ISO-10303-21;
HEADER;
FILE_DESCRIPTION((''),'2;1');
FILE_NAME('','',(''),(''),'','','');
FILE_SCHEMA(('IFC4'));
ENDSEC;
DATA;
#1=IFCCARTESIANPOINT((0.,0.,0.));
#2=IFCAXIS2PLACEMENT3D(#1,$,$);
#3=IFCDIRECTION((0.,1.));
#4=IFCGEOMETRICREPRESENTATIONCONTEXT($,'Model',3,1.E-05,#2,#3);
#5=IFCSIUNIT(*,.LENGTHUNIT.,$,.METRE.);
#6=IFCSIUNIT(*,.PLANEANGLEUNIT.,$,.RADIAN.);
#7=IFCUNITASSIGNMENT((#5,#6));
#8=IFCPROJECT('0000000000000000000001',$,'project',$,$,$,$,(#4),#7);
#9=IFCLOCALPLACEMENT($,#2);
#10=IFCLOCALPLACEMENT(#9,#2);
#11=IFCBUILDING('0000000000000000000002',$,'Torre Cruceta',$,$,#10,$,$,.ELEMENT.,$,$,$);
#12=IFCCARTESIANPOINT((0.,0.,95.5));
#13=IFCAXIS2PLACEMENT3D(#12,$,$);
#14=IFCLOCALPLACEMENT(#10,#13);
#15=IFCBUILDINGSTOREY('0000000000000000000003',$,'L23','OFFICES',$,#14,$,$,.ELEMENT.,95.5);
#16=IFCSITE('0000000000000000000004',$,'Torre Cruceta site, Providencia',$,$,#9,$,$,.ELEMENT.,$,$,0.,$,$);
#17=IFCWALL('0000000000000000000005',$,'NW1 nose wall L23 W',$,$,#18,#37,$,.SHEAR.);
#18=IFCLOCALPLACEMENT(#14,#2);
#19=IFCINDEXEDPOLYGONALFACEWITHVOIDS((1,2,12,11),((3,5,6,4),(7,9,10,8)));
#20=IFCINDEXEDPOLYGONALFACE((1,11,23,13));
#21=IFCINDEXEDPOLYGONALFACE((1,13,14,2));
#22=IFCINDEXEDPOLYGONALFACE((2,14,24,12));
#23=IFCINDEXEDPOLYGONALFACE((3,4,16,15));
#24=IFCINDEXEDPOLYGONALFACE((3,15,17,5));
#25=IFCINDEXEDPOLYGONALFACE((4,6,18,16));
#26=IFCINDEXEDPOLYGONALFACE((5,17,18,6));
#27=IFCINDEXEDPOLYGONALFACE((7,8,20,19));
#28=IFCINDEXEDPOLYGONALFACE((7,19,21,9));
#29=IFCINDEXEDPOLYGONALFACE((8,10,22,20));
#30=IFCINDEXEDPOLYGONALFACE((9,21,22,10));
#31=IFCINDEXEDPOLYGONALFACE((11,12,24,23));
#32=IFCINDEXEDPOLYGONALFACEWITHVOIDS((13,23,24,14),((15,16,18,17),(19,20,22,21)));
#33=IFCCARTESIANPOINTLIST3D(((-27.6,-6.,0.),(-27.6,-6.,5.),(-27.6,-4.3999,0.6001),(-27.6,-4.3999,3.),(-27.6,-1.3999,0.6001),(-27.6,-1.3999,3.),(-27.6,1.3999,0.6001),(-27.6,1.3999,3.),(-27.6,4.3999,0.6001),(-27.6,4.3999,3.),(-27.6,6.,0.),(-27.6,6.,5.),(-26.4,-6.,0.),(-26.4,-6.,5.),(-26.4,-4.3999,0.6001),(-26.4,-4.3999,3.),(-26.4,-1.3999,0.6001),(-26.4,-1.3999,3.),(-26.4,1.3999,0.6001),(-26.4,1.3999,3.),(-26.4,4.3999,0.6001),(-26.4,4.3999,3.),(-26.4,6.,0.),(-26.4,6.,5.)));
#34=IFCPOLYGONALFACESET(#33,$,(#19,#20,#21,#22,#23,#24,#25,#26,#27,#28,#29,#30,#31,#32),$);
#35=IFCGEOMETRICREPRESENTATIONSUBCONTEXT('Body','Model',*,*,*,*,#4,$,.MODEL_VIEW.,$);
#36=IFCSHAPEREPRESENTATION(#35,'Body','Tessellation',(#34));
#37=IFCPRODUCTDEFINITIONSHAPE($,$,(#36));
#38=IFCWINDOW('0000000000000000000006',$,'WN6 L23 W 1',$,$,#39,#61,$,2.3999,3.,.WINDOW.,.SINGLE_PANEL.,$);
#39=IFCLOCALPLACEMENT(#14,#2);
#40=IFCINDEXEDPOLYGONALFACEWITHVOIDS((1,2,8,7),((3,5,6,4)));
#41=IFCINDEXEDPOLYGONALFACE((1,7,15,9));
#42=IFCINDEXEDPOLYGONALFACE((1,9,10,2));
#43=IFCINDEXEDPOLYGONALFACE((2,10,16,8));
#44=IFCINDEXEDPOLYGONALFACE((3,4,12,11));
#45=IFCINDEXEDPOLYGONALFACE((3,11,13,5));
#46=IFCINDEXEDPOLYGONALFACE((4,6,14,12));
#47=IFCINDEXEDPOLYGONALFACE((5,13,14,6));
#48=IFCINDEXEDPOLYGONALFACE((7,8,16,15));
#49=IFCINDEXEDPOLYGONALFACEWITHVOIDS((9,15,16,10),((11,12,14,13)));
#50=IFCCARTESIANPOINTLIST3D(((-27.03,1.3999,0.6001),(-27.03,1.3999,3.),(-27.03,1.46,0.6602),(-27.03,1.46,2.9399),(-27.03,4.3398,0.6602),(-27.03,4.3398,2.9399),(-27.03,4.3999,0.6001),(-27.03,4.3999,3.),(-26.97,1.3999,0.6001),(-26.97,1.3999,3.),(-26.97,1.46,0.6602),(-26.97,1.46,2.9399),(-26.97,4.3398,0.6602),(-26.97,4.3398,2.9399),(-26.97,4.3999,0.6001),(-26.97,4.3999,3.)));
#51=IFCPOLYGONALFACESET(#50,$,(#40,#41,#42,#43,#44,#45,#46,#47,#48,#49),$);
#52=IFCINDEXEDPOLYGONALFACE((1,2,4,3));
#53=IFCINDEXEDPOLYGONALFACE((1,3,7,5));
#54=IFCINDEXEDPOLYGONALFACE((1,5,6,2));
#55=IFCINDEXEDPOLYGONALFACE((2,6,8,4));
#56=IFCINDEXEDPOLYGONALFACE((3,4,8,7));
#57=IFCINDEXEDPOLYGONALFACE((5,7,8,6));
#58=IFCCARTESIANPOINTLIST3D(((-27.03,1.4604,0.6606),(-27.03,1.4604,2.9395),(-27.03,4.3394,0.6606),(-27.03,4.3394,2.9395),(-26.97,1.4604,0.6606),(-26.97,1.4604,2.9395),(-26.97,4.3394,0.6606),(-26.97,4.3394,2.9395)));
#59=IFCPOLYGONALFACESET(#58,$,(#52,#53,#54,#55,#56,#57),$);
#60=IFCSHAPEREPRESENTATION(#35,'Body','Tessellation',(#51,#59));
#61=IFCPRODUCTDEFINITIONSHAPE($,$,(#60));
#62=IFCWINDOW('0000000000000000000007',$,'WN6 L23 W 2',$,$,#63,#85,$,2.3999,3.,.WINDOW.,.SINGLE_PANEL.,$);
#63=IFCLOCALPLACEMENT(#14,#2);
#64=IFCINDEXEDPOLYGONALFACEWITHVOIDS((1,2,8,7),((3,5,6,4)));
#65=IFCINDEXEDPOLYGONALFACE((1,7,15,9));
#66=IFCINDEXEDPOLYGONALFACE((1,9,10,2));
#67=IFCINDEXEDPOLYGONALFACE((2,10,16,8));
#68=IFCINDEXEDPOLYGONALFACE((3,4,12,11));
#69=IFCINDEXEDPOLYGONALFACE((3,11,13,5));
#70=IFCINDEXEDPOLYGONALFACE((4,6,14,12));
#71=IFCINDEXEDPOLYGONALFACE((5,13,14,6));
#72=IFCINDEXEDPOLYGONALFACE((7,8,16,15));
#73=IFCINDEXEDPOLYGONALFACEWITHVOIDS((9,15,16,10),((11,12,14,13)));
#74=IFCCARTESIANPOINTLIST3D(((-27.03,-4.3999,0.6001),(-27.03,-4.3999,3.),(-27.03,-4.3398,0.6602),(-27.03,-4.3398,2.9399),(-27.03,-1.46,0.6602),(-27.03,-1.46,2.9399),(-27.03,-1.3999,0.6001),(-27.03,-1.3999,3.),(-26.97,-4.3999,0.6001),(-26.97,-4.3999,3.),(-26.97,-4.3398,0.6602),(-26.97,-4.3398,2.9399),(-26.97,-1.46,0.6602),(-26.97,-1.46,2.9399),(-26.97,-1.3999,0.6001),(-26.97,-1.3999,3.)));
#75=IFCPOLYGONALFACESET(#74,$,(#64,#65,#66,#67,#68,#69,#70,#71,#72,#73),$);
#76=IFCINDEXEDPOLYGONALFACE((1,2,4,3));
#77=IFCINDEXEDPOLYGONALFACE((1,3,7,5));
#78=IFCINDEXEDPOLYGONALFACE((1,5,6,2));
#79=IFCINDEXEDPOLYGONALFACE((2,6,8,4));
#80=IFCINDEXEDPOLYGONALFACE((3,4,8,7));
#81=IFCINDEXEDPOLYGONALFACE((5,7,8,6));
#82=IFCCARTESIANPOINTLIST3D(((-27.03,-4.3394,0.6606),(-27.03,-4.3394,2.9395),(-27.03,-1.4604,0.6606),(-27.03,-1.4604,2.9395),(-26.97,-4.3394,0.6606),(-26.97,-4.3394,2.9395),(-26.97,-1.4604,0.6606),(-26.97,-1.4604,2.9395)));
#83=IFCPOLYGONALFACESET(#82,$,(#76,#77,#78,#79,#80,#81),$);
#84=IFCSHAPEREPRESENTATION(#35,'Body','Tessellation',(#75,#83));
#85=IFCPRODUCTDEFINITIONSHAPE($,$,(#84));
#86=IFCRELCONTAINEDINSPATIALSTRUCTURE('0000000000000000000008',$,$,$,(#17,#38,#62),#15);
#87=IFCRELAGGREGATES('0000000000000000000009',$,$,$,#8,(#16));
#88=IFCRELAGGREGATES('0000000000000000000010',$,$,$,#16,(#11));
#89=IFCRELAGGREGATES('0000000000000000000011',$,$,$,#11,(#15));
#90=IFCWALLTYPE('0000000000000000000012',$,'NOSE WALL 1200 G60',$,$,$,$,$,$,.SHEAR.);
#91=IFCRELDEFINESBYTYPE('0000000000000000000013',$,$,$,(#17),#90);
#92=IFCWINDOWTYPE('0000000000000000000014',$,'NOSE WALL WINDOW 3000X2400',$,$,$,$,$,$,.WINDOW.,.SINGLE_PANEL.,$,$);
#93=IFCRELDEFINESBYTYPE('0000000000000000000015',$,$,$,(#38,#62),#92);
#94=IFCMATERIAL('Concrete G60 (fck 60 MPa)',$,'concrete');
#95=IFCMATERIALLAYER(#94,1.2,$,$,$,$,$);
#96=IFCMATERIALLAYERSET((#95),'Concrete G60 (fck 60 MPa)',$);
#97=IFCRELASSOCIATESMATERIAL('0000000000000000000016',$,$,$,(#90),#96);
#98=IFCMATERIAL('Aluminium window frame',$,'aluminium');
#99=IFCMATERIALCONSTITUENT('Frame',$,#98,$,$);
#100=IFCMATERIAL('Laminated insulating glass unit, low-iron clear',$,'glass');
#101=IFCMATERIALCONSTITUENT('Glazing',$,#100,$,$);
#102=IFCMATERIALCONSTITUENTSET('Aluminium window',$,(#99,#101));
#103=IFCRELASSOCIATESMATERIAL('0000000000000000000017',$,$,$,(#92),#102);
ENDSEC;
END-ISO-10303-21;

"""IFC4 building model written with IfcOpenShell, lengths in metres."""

from ifc_helpers import new_model, si_unit, direction, frame, frame_2d, origin, place, context, subcontext, project, spatial, rectangle, hollow_rectangle, extrude, material, layer, layer_set, constituent, constituent_set, type_object, element, fill, save


model = new_model("IFC4")

# Units and contexts
model_context = context("Model", 3, precision=1e-05, world=origin(), true_north=direction((0.0, 1.0)))
body_context = subcontext(model_context, "Body", "Model", "MODEL_VIEW")
ifc_project = project(units=[si_unit("LENGTHUNIT", "METRE"), si_unit("PLANEANGLEUNIT", "RADIAN")], contexts=[model_context])

# Site, building, storey
site_placement = place(None, origin())
site = spatial("IfcSite", under=ifc_project, at=site_placement, Name="Torre Cruceta site, Providencia", CompositionType="ELEMENT", RefElevation=0.0)
building_placement = place(site_placement, origin())
building = spatial("IfcBuilding", under=site, at=building_placement, Name="Torre Cruceta", CompositionType="ELEMENT")
storey_placement = place(building_placement, frame((0.0, 0.0, 95.5)))
storey = spatial("IfcBuildingStorey", under=building, at=storey_placement, Name="L23", Description="OFFICES", CompositionType="ELEMENT", Elevation=95.5)

# Wall, openings, windows
ifc_material_1 = material(Name="Concrete G60 (fck 60 MPa)", Category="concrete")
ifc_layer_1 = layer(ifc_material_1, 1.2)
ifc_layer_set_1 = layer_set([ifc_layer_1], Name="Concrete G60 (fck 60 MPa)")
wall_type_1 = type_object("IfcWallType", Name="NOSE WALL 1200 G60", PredefinedType="SHEAR", material=ifc_layer_set_1)
wall_1_placement = place(storey_placement, frame((-27.0, 6.0, 0.0), z_axis=(0.0, 0.0, 1.0), x_axis=(0.0, -1.0, 0.0)))
wall_1 = element("IfcWall", 1, at=wall_1_placement, inside=storey, type_object=wall_type_1, Name="NW1 nose wall L23 W", PredefinedType="SHEAR", context=body_context, shape_type="SweptSolid", body=[
    extrude(rectangle(XDim=12.0, YDim=1.2, at=frame_2d((6.0, 0.0))), origin(), (0.0, 0.0, 1.0), 5.0),
])
opening_1_placement = place(wall_1_placement, frame((1.6001, 0.0, 0.6001)))
opening_1 = element("IfcOpeningElement", 2, at=opening_1_placement, cuts=wall_1, PredefinedType="OPENING", context=body_context, shape_type="SweptSolid", body=[
    extrude(rectangle(XDim=3.0, YDim=2.3999, at=frame_2d((1.5, 1.2))), frame((0.0, 0.6099, 0.0), z_axis=(0.0, -1.0, 0.0), x_axis=(1.0, 0.0, 0.0)), (0.0, 0.0, 1.0), 1.22),
])
opening_2_placement = place(wall_1_placement, frame((7.3999, 0.0, 0.6001)))
opening_2 = element("IfcOpeningElement", 3, at=opening_2_placement, cuts=wall_1, PredefinedType="OPENING", context=body_context, shape_type="SweptSolid", body=[
    extrude(rectangle(XDim=3.0, YDim=2.3999, at=frame_2d((1.5, 1.2))), frame((0.0, 0.6099, 0.0), z_axis=(0.0, -1.0, 0.0), x_axis=(1.0, 0.0, 0.0)), (0.0, 0.0, 1.0), 1.22),
])
ifc_material_2 = material(Name="Aluminium window frame", Category="aluminium")
ifc_constituent_1 = constituent(ifc_material_2, Name="Frame")
ifc_material_3 = material(Name="Laminated insulating glass unit, low-iron clear", Category="glass")
ifc_constituent_2 = constituent(ifc_material_3, Name="Glazing")
ifc_constituent_set_1 = constituent_set(constituents=[ifc_constituent_1, ifc_constituent_2], Name="Aluminium window")
window_type_1 = type_object("IfcWindowType", Name="NOSE WALL WINDOW 3000X2400", PartitioningType="SINGLE_PANEL", PredefinedType="WINDOW", material=ifc_constituent_set_1)
window_1_placement = place(opening_1_placement, origin())
window_1 = element("IfcWindow", 4, at=window_1_placement, inside=storey, type_object=window_type_1, Name="WN6 L23 W 1", OverallHeight=2.3999, OverallWidth=3.0, PartitioningType="SINGLE_PANEL", PredefinedType="WINDOW", context=body_context, shape_type="SweptSolid", body=[
    extrude(hollow_rectangle(XDim=3.0, YDim=2.3999, WallThickness=0.0601, at=frame_2d((1.5, 1.2))), frame((0.0, 0.03, 0.0), z_axis=(0.0, -1.0, 0.0), x_axis=(1.0, 0.0, 0.0)), (0.0, 0.0, 1.0), 0.0601),
    extrude(rectangle(XDim=2.8789, YDim=2.2788, at=frame_2d((1.5, 1.2))), frame((0.0, 0.03, 0.0), z_axis=(0.0, -1.0, 0.0), x_axis=(1.0, 0.0, 0.0)), (0.0, 0.0, 1.0), 0.0601),
])
fill(opening_1, window_1)
window_2_placement = place(opening_2_placement, origin())
window_2 = element("IfcWindow", 5, at=window_2_placement, inside=storey, type_object=window_type_1, Name="WN6 L23 W 2", OverallHeight=2.3999, OverallWidth=3.0, PartitioningType="SINGLE_PANEL", PredefinedType="WINDOW", context=body_context, shape_type="SweptSolid", body=[
    extrude(hollow_rectangle(XDim=3.0, YDim=2.3999, WallThickness=0.0601, at=frame_2d((1.5, 1.2))), frame((0.0, 0.03, 0.0), z_axis=(0.0, -1.0, 0.0), x_axis=(1.0, 0.0, 0.0)), (0.0, 0.0, 1.0), 0.0601),
    extrude(rectangle(XDim=2.8789, YDim=2.2788, at=frame_2d((1.5, 1.2))), frame((0.0, 0.03, 0.0), z_axis=(0.0, -1.0, 0.0), x_axis=(1.0, 0.0, 0.0)), (0.0, 0.0, 1.0), 0.0601),
])
fill(opening_2, window_2)

save(model, "model.ifc")
